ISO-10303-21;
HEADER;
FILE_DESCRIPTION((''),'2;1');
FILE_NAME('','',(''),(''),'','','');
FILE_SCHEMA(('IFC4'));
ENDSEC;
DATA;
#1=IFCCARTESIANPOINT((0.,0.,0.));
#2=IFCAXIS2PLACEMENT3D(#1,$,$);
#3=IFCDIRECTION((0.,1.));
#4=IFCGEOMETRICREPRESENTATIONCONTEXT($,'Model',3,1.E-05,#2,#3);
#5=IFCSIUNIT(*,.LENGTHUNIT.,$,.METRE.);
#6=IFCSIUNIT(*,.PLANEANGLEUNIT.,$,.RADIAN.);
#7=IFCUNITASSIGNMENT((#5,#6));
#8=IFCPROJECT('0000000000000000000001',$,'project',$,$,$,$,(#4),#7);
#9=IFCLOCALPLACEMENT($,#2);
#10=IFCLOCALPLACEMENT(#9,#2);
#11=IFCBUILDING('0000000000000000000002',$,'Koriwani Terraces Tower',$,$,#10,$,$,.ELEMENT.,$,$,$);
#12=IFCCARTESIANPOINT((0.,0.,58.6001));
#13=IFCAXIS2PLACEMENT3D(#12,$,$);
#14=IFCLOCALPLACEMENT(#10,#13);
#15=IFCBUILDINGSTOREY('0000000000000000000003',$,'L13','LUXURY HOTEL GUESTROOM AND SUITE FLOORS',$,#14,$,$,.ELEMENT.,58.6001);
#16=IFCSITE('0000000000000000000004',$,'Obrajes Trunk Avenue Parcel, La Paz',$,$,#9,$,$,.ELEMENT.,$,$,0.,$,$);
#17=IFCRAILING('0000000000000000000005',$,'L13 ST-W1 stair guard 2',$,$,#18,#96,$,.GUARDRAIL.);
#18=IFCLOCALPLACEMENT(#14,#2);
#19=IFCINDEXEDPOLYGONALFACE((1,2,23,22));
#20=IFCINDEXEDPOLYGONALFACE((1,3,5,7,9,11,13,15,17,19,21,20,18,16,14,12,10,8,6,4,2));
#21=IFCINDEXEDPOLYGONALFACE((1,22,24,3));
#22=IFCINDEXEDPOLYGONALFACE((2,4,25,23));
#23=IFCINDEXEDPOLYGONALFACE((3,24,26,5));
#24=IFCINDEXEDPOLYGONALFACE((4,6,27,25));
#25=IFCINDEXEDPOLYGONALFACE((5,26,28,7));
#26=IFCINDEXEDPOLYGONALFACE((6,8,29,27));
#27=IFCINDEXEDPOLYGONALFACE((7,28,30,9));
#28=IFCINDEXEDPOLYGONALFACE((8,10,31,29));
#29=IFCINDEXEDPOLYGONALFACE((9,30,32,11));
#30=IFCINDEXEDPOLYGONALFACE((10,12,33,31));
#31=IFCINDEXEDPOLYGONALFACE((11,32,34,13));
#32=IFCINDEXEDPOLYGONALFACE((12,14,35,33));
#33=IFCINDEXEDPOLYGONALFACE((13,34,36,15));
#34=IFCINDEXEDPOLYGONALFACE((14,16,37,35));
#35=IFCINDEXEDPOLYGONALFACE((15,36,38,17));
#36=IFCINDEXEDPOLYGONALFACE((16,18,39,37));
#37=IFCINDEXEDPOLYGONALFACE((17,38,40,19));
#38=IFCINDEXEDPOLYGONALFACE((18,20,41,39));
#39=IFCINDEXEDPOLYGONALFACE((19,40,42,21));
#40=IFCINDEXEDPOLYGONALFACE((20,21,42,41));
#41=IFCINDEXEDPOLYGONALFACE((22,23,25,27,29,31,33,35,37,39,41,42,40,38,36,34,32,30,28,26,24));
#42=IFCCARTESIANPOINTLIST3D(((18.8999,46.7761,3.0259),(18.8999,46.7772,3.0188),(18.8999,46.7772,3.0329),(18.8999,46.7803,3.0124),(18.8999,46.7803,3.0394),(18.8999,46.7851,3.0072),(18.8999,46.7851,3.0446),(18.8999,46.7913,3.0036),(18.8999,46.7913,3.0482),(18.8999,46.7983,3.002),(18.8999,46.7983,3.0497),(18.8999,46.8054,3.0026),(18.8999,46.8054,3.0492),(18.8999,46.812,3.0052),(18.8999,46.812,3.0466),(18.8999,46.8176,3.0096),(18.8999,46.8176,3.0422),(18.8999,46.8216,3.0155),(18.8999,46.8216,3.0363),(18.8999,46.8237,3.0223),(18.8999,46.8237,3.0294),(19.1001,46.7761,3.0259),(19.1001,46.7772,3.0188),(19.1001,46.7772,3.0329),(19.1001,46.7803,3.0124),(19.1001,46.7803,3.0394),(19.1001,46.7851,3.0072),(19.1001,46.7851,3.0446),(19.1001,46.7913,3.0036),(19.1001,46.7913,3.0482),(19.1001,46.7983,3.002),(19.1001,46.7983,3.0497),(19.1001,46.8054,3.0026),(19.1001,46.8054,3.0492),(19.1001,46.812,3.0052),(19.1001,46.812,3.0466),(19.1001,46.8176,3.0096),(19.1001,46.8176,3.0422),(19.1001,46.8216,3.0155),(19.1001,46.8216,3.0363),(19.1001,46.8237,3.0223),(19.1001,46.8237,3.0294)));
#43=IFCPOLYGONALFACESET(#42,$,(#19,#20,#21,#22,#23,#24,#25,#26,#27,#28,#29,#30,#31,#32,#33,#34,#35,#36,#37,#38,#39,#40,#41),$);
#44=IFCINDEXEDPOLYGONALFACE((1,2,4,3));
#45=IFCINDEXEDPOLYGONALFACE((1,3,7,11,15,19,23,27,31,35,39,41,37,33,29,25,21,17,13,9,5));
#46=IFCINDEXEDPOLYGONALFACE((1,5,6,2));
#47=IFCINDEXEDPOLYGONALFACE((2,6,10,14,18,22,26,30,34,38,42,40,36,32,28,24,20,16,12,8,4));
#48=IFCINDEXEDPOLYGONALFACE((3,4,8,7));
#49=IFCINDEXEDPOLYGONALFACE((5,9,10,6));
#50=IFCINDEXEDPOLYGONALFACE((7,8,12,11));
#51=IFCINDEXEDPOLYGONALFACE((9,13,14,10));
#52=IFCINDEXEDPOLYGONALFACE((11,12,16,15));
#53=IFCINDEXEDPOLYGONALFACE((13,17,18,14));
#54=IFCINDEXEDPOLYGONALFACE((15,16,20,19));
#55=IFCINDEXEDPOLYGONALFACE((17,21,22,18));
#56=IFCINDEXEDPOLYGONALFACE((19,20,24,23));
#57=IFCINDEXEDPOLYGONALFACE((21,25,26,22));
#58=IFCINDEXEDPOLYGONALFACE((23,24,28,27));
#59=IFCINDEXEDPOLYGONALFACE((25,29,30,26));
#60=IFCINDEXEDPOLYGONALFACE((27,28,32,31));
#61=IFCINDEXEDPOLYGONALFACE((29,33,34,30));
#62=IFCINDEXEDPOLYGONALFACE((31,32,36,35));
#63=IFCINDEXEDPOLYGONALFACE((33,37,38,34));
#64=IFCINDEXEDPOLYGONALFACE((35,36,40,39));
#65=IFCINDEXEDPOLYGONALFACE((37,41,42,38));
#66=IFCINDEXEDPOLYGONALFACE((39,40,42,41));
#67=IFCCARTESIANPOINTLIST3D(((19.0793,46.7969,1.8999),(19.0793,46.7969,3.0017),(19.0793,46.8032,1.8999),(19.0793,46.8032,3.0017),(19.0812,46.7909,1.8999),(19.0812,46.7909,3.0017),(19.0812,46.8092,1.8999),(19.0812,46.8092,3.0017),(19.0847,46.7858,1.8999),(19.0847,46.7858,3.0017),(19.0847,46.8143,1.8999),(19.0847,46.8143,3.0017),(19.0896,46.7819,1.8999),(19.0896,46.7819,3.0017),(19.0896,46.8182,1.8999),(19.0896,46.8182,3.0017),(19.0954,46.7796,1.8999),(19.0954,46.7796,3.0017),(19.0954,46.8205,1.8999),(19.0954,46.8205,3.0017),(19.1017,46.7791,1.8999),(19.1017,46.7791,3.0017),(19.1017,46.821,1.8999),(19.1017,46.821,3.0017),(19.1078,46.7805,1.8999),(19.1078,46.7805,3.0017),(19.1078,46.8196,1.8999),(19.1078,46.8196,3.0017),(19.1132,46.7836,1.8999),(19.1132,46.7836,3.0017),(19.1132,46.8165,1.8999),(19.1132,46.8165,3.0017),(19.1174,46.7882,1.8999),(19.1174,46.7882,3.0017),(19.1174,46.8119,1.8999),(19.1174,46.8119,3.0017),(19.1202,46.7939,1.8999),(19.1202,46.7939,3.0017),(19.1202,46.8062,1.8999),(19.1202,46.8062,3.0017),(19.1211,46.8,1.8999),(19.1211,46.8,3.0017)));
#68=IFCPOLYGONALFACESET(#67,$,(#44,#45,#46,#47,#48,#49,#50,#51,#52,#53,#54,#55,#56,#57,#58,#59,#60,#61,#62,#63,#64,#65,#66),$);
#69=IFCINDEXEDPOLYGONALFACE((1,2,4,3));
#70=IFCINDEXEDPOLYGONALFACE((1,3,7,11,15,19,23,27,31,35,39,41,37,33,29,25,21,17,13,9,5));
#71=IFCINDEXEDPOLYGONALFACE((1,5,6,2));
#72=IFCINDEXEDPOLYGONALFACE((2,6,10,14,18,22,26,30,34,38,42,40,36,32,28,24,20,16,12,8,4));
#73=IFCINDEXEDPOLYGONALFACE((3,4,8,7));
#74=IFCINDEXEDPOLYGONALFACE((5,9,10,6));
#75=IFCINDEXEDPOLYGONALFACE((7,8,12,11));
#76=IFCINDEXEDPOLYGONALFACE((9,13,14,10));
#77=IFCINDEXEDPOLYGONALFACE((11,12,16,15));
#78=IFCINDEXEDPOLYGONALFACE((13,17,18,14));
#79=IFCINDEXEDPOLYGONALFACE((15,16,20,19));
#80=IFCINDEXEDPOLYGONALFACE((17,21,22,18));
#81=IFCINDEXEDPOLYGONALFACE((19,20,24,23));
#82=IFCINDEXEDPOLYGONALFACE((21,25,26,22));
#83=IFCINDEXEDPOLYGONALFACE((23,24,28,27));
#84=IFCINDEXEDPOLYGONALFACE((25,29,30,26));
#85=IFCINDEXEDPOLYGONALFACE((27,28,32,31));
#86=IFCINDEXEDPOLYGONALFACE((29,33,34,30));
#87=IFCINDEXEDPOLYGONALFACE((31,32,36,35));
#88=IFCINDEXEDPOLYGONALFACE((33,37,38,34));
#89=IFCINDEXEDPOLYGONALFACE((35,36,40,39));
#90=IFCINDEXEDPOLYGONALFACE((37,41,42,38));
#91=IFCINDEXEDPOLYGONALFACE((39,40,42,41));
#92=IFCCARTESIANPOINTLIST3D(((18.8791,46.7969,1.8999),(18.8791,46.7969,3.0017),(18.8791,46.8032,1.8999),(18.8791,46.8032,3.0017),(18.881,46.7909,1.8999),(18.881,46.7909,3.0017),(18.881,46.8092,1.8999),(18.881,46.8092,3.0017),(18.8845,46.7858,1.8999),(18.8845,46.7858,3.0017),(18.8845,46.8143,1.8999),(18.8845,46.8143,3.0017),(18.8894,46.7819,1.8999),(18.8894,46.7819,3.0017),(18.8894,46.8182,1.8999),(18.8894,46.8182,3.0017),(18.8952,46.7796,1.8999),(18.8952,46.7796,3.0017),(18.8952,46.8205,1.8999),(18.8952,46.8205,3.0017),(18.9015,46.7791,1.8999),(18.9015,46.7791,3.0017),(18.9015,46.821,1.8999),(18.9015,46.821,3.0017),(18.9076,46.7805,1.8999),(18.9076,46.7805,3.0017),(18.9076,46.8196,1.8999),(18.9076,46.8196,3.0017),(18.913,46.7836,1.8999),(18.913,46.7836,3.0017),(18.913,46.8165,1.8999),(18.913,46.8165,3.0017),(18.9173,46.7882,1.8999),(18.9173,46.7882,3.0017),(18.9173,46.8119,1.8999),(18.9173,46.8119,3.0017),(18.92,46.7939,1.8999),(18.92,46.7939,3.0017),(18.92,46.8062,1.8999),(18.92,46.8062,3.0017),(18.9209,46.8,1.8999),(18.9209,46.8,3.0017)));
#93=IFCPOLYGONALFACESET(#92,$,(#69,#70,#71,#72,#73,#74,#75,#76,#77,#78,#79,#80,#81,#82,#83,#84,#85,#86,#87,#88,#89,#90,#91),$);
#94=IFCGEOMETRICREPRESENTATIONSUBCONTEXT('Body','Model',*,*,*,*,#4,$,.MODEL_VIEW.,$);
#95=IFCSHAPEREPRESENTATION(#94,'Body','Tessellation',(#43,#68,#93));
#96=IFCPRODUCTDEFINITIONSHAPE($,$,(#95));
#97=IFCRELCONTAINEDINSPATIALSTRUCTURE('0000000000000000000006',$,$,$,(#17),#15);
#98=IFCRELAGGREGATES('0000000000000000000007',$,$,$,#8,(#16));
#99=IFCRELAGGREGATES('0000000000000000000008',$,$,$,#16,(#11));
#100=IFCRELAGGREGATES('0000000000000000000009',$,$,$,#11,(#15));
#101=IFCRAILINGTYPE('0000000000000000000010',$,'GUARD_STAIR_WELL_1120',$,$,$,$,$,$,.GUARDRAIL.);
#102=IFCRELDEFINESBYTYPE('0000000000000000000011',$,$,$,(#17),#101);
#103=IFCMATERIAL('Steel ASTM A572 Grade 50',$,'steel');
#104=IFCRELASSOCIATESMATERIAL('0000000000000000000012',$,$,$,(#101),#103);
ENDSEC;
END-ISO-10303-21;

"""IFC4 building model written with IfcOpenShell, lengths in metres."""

from ifc_helpers import new_model, si_unit, direction, frame, origin, origin_2d, place, context, subcontext, project, spatial, circle, extrude, material, type_object, element, save


model = new_model("IFC4")

# Units and contexts
model_context = context("Model", 3, precision=1e-05, world=origin(), true_north=direction((0.0, 1.0)))
body_context = subcontext(model_context, "Body", "Model", "MODEL_VIEW")
ifc_project = project(units=[si_unit("LENGTHUNIT", "METRE"), si_unit("PLANEANGLEUNIT", "RADIAN")], contexts=[model_context])

# Site, building, storey
site_placement = place(None, origin())
site = spatial("IfcSite", under=ifc_project, at=site_placement, Name="Obrajes Trunk Avenue Parcel, La Paz", CompositionType="ELEMENT", RefElevation=0.0)
building_placement = place(site_placement, origin())
building = spatial("IfcBuilding", under=site, at=building_placement, Name="Koriwani Terraces Tower", CompositionType="ELEMENT")
storey_placement = place(building_placement, frame((0.0, 0.0, 58.6001)))
storey = spatial("IfcBuildingStorey", under=building, at=storey_placement, Name="L13", Description="LUXURY HOTEL GUESTROOM AND SUITE FLOORS", CompositionType="ELEMENT", Elevation=58.6001)

# Shared definitions
ifc_material_1 = material(Name="Steel ASTM A572 Grade 50", Category="steel")

# Railing
railing_type_1 = type_object("IfcRailingType", Name="GUARD_STAIR_WELL_1120", PredefinedType="GUARDRAIL", material=ifc_material_1)
railing_1_placement = place(storey_placement, frame((19.1001, 46.8, 1.8999)))
element("IfcRailing", 1, at=railing_1_placement, inside=storey, type_object=railing_type_1, Name="L13 ST-W1 stair guard 2", PredefinedType="GUARDRAIL", context=body_context, shape_type="SweptSolid", body=[
    extrude(circle(Radius=0.0239, at=origin_2d()), frame((0.0, 0.0, 1.126), z_axis=(-1.0, 0.0, 0.0), x_axis=(0.0, -1.0, 0.0)), (0.0, 0.0, 1.0), 0.2002),
    extrude(circle(Radius=0.021, at=origin_2d()), origin(), (0.0, 0.0, 1.0), 1.1018),
    extrude(circle(Radius=0.021, at=origin_2d()), frame((-0.2002, 0.0, 0.0)), (0.0, 0.0, 1.0), 1.1018),
])

save(model, "model.ifc")
